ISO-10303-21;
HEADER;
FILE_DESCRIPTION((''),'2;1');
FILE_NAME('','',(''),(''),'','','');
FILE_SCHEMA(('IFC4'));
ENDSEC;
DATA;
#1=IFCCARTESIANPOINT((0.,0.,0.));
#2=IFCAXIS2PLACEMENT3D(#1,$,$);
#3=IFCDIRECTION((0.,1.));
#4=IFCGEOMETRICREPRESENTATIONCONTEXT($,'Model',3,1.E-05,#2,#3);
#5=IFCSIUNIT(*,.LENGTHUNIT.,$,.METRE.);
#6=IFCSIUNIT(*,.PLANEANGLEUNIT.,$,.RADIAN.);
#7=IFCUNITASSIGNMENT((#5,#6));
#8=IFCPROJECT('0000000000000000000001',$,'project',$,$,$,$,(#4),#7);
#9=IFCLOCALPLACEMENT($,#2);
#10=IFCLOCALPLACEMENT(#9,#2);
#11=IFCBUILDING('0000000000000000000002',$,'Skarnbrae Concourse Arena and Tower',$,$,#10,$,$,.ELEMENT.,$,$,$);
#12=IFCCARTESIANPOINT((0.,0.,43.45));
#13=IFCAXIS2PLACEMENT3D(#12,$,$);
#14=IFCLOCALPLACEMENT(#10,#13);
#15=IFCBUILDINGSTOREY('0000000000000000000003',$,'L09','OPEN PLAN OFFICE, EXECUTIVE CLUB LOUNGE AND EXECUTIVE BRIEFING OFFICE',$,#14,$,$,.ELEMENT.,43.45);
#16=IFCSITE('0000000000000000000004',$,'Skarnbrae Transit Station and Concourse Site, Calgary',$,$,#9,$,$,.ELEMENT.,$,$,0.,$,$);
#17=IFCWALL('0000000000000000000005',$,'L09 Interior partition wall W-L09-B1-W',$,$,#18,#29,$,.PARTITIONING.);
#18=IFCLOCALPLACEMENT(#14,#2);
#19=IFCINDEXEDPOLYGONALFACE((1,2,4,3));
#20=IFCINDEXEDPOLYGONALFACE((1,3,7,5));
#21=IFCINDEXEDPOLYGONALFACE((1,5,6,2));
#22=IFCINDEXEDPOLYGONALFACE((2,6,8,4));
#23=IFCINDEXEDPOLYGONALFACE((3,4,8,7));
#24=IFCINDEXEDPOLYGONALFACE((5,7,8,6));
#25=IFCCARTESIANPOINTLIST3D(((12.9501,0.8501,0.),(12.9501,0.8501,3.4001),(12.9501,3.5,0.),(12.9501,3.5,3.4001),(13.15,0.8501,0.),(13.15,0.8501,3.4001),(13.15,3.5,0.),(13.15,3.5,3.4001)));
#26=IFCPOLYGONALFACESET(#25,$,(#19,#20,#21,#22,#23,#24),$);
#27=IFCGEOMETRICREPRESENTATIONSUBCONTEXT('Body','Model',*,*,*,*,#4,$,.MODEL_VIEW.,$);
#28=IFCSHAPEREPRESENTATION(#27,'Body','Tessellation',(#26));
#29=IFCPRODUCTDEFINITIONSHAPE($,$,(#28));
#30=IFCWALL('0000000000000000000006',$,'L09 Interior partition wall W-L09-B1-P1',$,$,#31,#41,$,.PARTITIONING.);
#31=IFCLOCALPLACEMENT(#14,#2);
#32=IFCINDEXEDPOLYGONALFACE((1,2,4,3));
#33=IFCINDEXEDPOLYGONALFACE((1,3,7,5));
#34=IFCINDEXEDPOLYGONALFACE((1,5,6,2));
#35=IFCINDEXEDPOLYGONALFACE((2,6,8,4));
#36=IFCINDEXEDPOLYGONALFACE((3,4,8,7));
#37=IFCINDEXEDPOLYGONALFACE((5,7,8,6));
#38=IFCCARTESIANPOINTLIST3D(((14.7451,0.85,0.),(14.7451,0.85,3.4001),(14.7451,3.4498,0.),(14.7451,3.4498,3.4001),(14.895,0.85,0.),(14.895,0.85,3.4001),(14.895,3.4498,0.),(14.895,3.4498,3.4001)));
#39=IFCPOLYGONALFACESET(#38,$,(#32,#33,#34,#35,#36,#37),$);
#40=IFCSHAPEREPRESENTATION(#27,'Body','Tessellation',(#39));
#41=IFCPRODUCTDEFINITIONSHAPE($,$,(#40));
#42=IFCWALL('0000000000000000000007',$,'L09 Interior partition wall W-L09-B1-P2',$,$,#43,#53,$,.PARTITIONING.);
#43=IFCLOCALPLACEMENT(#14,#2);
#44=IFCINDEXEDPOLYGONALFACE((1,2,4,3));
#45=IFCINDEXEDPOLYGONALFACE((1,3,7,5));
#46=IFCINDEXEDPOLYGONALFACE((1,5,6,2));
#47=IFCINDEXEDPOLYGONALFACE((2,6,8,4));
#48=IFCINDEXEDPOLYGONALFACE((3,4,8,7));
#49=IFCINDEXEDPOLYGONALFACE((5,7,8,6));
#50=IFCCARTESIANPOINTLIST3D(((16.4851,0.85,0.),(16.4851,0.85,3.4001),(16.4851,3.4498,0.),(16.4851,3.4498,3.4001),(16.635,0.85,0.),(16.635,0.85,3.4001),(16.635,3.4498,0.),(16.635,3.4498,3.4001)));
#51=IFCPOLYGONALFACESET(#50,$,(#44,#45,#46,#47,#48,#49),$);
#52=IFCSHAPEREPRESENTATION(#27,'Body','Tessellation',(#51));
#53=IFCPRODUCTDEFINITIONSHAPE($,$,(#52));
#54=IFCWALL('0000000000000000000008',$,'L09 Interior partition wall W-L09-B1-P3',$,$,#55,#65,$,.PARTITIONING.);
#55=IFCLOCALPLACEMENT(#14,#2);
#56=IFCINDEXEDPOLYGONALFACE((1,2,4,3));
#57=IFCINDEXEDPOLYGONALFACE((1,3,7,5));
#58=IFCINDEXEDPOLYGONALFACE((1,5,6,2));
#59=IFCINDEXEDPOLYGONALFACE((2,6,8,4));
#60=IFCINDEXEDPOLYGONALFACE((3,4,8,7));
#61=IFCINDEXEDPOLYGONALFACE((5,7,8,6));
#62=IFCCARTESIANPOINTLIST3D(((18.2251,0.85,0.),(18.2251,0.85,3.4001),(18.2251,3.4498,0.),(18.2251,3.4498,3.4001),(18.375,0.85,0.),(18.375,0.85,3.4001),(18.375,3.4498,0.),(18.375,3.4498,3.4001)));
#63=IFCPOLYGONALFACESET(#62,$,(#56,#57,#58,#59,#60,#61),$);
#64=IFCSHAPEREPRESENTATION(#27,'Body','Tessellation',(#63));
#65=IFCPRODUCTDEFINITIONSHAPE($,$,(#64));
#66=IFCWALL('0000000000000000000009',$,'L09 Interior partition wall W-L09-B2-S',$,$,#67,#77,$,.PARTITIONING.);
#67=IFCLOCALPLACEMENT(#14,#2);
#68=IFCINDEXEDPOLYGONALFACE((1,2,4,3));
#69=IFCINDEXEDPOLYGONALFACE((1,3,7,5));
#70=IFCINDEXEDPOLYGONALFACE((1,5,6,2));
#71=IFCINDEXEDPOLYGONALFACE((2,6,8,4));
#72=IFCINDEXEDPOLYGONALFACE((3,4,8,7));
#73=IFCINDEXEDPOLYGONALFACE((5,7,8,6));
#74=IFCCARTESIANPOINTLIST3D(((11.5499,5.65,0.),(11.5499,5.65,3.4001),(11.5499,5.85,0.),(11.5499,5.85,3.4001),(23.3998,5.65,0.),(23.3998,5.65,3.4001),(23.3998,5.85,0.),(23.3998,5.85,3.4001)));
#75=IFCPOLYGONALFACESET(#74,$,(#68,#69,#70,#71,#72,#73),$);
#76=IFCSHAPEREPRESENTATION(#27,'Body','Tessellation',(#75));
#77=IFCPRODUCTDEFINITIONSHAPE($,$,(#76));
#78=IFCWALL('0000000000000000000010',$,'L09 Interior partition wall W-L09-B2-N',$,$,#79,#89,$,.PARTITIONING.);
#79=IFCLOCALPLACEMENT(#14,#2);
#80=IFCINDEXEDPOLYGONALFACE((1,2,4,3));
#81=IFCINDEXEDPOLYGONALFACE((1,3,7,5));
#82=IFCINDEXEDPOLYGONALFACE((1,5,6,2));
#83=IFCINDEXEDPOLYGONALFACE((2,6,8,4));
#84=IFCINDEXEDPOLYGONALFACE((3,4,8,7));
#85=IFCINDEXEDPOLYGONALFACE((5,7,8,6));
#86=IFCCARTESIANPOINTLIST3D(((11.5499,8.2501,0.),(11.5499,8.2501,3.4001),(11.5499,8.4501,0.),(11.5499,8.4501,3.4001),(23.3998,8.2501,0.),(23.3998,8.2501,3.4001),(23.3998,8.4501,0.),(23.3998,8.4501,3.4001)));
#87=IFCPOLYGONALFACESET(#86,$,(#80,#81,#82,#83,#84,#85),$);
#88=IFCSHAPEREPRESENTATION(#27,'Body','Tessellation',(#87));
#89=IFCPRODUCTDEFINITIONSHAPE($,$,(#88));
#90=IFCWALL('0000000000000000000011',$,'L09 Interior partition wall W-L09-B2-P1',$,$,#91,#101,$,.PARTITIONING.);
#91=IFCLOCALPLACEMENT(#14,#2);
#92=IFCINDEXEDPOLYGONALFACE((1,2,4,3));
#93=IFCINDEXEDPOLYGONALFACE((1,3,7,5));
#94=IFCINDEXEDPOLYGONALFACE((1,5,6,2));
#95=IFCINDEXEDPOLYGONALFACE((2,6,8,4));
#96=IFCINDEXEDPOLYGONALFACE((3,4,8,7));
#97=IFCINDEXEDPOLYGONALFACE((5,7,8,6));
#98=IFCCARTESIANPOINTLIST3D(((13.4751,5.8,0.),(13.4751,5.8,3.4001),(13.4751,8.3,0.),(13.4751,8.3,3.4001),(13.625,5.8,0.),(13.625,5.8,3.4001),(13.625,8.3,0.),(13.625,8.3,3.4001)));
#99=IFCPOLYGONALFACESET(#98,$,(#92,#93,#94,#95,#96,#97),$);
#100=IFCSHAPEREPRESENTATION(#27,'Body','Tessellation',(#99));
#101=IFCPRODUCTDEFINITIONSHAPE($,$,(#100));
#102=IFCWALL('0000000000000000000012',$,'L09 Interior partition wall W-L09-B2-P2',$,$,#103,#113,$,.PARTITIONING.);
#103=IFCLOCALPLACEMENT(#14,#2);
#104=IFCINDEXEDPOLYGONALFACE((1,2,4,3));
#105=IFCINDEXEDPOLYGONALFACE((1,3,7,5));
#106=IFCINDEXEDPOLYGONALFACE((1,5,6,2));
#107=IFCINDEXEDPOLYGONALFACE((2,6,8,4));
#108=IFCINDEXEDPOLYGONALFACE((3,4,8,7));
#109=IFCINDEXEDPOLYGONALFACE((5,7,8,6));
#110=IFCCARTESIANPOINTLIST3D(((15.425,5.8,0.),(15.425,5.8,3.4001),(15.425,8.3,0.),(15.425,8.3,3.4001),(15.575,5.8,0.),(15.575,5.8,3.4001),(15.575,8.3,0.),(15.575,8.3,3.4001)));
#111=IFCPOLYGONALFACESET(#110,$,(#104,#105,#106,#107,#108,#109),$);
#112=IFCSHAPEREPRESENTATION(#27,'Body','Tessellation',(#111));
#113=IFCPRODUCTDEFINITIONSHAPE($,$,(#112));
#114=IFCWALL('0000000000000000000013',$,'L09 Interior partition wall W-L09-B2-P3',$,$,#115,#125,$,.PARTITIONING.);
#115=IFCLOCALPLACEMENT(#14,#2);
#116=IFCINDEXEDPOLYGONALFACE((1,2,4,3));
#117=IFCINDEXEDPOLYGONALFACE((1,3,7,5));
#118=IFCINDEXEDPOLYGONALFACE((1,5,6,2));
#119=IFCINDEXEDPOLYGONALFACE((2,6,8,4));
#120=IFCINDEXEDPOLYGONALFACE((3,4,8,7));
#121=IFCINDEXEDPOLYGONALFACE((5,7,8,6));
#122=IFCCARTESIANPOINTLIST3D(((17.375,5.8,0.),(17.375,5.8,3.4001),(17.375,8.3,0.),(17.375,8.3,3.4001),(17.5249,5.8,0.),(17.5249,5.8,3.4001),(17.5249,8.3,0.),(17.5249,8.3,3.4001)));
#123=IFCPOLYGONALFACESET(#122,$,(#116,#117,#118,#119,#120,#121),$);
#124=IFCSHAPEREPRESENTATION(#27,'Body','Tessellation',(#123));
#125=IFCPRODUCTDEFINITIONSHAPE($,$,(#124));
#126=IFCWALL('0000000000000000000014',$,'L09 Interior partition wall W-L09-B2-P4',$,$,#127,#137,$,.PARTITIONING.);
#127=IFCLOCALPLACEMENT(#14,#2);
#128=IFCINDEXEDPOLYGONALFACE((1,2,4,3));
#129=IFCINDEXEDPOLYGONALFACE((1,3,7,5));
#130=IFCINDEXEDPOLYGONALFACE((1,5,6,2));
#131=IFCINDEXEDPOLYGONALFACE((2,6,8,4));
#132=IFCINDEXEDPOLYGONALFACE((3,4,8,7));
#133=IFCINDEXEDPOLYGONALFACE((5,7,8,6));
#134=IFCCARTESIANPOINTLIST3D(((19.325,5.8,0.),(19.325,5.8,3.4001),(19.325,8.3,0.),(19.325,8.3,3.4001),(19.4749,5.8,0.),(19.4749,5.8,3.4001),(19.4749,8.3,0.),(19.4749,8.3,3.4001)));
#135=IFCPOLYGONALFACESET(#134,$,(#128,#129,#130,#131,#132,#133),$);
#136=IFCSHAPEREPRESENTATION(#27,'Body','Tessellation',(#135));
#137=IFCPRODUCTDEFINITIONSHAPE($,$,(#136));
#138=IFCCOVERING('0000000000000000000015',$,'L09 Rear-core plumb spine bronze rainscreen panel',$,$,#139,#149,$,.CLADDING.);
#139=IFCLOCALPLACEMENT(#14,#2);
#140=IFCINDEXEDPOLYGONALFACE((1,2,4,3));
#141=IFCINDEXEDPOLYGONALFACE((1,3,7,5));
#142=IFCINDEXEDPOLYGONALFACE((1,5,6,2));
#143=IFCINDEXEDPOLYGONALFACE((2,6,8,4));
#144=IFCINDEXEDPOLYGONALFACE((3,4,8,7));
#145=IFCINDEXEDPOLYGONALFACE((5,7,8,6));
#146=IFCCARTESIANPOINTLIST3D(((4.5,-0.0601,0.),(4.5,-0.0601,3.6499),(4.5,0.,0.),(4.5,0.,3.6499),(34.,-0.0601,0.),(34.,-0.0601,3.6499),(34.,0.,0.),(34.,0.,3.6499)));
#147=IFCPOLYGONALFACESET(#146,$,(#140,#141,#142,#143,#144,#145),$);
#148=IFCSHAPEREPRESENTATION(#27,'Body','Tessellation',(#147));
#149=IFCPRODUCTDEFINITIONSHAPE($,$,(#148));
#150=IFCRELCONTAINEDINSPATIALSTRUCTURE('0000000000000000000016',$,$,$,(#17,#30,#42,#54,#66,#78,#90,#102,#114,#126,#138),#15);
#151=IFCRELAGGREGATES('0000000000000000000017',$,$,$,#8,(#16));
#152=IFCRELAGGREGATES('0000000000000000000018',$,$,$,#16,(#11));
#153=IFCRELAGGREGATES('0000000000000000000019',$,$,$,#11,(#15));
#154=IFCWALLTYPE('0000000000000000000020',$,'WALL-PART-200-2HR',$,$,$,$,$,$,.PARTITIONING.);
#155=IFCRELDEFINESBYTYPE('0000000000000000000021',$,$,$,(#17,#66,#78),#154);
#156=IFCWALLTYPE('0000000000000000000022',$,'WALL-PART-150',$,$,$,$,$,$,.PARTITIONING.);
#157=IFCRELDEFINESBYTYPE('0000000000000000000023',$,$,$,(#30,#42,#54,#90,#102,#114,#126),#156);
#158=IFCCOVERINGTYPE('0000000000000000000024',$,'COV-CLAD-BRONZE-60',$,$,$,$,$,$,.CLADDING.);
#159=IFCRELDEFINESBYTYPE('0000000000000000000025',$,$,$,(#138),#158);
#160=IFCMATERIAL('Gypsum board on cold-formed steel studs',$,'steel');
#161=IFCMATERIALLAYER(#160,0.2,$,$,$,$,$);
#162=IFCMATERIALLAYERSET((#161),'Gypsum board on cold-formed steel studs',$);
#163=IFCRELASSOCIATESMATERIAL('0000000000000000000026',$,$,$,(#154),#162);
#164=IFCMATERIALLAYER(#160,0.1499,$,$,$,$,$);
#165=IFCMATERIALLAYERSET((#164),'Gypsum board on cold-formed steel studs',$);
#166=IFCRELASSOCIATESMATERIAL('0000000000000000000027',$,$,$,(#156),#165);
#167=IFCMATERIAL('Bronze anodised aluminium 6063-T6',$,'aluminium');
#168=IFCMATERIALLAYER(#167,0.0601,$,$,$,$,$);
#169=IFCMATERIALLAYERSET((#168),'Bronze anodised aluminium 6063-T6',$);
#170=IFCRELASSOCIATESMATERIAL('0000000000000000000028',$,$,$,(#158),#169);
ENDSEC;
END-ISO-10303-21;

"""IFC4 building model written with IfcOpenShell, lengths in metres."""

from ifc_helpers import new_model, si_unit, direction, frame, frame_2d, origin, origin_2d, place, context, subcontext, project, spatial, rectangle, extrude, source, transform, mapped, material, layer, layer_set, type_object, element, save


model = new_model("IFC4")

# Units and contexts
model_context = context("Model", 3, precision=1e-05, world=origin(), true_north=direction((0.0, 1.0)))
body_context = subcontext(model_context, "Body", "Model", "MODEL_VIEW")
ifc_project = project(units=[si_unit("LENGTHUNIT", "METRE"), si_unit("PLANEANGLEUNIT", "RADIAN")], contexts=[model_context])

# Site, building, storey
site_placement = place(None, origin())
site = spatial("IfcSite", under=ifc_project, at=site_placement, Name="Skarnbrae Transit Station and Concourse Site, Calgary", CompositionType="ELEMENT", RefElevation=0.0)
building_placement = place(site_placement, origin())
building = spatial("IfcBuilding", under=site, at=building_placement, Name="Skarnbrae Concourse Arena and Tower", CompositionType="ELEMENT")
storey_placement = place(building_placement, frame((0.0, 0.0, 43.45)))
storey = spatial("IfcBuildingStorey", under=building, at=storey_placement, Name="L09", Description="OPEN PLAN OFFICE, EXECUTIVE CLUB LOUNGE AND EXECUTIVE BRIEFING OFFICE", CompositionType="ELEMENT", Elevation=43.45)

# Shared definitions
ifc_material_1 = material(Name="Gypsum board on cold-formed steel studs", Category="steel")
ifc_layer_1 = layer(ifc_material_1, 0.2)
ifc_layer_set_1 = layer_set([ifc_layer_1], Name="Gypsum board on cold-formed steel studs")
wall_type_1 = type_object("IfcWallType", Name="WALL-PART-200-2HR", PredefinedType="PARTITIONING", material=ifc_layer_set_1)

# Wall
shared_shape_1 = source(origin(), body_context, "Body", "SweptSolid", [
    extrude(rectangle(XDim=2.6499, YDim=0.2, at=frame_2d((1.325, 0.0))), origin(), (0.0, 0.0, 1.0), 3.4001),
])
wall_1_placement = place(storey_placement, frame((13.05, 0.8501, 0.0), z_axis=(0.0, 0.0, 1.0), x_axis=(0.0, 1.0, 0.0)))
element("IfcWall", 1, at=wall_1_placement, inside=storey, type_object=wall_type_1, Name="L09 Interior partition wall W-L09-B1-W", PredefinedType="PARTITIONING", context=body_context, shape_type="MappedRepresentation", body=[
    mapped(shared_shape_1, transform((0.0, 0.0, 0.0))),
])

# Shared definitions
ifc_material_2 = material(Name="Bronze anodised aluminium 6063-T6", Category="aluminium")

# Walls
ifc_layer_2 = layer(ifc_material_1, 0.1499)
ifc_layer_set_2 = layer_set([ifc_layer_2], Name="Gypsum board on cold-formed steel studs")
wall_type_2 = type_object("IfcWallType", Name="WALL-PART-150", PredefinedType="PARTITIONING", material=ifc_layer_set_2)
shared_shape_2 = source(origin(), body_context, "Body", "SweptSolid", [
    extrude(rectangle(XDim=2.5999, YDim=0.1499, at=frame_2d((1.2998, 0.0))), origin(), (0.0, 0.0, 1.0), 3.4001),
])
for number, where, z_axis, x_axis, name in (
    (2, (14.8201, 0.8501, 0.0), (0.0, 0.0, 1.0), (0.0, 1.0, 0.0), "L09 Interior partition wall W-L09-B1-P1"),
    (3, (16.5601, 0.8501, 0.0), (0.0, 0.0, 1.0), (0.0, 1.0, 0.0), "L09 Interior partition wall W-L09-B1-P2"),
    (4, (18.3, 0.8501, 0.0), (0.0, 0.0, 1.0), (0.0, 1.0, 0.0), "L09 Interior partition wall W-L09-B1-P3"),
):
    element("IfcWall", number, at=place(storey_placement, frame(where, z_axis=z_axis, x_axis=x_axis)), inside=storey, type_object=wall_type_2, Name=name, PredefinedType="PARTITIONING", context=body_context, shape_type="MappedRepresentation", body=[
        mapped(shared_shape_2, transform((0.0, 0.0, 0.0))),
    ])
shared_shape_3 = source(origin(), body_context, "Body", "SweptSolid", [
    extrude(rectangle(XDim=11.8499, YDim=0.2, at=frame_2d((5.9248, 0.0))), origin(), (0.0, 0.0, 1.0), 3.4001),
])
for number, where, z_axis, x_axis, name in (
    (5, (11.55, 5.75, 0.0), (0.0, 0.0, 1.0), (1.0, 0.0, 0.0), "L09 Interior partition wall W-L09-B2-S"),
    (6, (11.55, 8.3501, 0.0), (0.0, 0.0, 1.0), (1.0, 0.0, 0.0), "L09 Interior partition wall W-L09-B2-N"),
):
    element("IfcWall", number, at=place(storey_placement, frame(where, z_axis=z_axis, x_axis=x_axis)), inside=storey, type_object=wall_type_1, Name=name, PredefinedType="PARTITIONING", context=body_context, shape_type="MappedRepresentation", body=[
        mapped(shared_shape_3, transform((0.0, 0.0, 0.0))),
    ])
shared_shape_4 = source(origin(), body_context, "Body", "SweptSolid", [
    extrude(rectangle(XDim=2.5, YDim=0.1499, at=frame_2d((1.25, 0.0))), origin(), (0.0, 0.0, 1.0), 3.4001),
])
for number, where, z_axis, x_axis, name in (
    (7, (13.55, 5.8, 0.0), (0.0, 0.0, 1.0), (0.0, 1.0, 0.0), "L09 Interior partition wall W-L09-B2-P1"),
    (8, (15.5, 5.8, 0.0), (0.0, 0.0, 1.0), (0.0, 1.0, 0.0), "L09 Interior partition wall W-L09-B2-P2"),
    (9, (17.45, 5.8, 0.0), (0.0, 0.0, 1.0), (0.0, 1.0, 0.0), "L09 Interior partition wall W-L09-B2-P3"),
    (10, (19.3999, 5.8, 0.0), (0.0, 0.0, 1.0), (0.0, 1.0, 0.0), "L09 Interior partition wall W-L09-B2-P4"),
):
    element("IfcWall", number, at=place(storey_placement, frame(where, z_axis=z_axis, x_axis=x_axis)), inside=storey, type_object=wall_type_2, Name=name, PredefinedType="PARTITIONING", context=body_context, shape_type="MappedRepresentation", body=[
        mapped(shared_shape_4, transform((0.0, 0.0, 0.0))),
    ])

# Covering
ifc_layer_3 = layer(ifc_material_2, 0.0601)
ifc_layer_set_3 = layer_set([ifc_layer_3], Name="Bronze anodised aluminium 6063-T6")
covering_type = type_object("IfcCoveringType", Name="COV-CLAD-BRONZE-60", PredefinedType="CLADDING", material=ifc_layer_set_3)
shared_shape_5 = source(origin(), body_context, "Body", "SweptSolid", [
    extrude(rectangle(XDim=29.5, YDim=0.0601, at=origin_2d()), origin(), (0.0, 0.0, 1.0), 3.6499),
])
covering_placement = place(storey_placement, frame((19.25, -0.03, 0.0), z_axis=(0.0, 0.0, 1.0), x_axis=(1.0, 0.0, 0.0)))
element("IfcCovering", 11, at=covering_placement, inside=storey, type_object=covering_type, Name="L09 Rear-core plumb spine bronze rainscreen panel", PredefinedType="CLADDING", context=body_context, shape_type="MappedRepresentation", body=[
    mapped(shared_shape_5, transform((0.0, 0.0, 0.0))),
])

save(model, "model.ifc")
